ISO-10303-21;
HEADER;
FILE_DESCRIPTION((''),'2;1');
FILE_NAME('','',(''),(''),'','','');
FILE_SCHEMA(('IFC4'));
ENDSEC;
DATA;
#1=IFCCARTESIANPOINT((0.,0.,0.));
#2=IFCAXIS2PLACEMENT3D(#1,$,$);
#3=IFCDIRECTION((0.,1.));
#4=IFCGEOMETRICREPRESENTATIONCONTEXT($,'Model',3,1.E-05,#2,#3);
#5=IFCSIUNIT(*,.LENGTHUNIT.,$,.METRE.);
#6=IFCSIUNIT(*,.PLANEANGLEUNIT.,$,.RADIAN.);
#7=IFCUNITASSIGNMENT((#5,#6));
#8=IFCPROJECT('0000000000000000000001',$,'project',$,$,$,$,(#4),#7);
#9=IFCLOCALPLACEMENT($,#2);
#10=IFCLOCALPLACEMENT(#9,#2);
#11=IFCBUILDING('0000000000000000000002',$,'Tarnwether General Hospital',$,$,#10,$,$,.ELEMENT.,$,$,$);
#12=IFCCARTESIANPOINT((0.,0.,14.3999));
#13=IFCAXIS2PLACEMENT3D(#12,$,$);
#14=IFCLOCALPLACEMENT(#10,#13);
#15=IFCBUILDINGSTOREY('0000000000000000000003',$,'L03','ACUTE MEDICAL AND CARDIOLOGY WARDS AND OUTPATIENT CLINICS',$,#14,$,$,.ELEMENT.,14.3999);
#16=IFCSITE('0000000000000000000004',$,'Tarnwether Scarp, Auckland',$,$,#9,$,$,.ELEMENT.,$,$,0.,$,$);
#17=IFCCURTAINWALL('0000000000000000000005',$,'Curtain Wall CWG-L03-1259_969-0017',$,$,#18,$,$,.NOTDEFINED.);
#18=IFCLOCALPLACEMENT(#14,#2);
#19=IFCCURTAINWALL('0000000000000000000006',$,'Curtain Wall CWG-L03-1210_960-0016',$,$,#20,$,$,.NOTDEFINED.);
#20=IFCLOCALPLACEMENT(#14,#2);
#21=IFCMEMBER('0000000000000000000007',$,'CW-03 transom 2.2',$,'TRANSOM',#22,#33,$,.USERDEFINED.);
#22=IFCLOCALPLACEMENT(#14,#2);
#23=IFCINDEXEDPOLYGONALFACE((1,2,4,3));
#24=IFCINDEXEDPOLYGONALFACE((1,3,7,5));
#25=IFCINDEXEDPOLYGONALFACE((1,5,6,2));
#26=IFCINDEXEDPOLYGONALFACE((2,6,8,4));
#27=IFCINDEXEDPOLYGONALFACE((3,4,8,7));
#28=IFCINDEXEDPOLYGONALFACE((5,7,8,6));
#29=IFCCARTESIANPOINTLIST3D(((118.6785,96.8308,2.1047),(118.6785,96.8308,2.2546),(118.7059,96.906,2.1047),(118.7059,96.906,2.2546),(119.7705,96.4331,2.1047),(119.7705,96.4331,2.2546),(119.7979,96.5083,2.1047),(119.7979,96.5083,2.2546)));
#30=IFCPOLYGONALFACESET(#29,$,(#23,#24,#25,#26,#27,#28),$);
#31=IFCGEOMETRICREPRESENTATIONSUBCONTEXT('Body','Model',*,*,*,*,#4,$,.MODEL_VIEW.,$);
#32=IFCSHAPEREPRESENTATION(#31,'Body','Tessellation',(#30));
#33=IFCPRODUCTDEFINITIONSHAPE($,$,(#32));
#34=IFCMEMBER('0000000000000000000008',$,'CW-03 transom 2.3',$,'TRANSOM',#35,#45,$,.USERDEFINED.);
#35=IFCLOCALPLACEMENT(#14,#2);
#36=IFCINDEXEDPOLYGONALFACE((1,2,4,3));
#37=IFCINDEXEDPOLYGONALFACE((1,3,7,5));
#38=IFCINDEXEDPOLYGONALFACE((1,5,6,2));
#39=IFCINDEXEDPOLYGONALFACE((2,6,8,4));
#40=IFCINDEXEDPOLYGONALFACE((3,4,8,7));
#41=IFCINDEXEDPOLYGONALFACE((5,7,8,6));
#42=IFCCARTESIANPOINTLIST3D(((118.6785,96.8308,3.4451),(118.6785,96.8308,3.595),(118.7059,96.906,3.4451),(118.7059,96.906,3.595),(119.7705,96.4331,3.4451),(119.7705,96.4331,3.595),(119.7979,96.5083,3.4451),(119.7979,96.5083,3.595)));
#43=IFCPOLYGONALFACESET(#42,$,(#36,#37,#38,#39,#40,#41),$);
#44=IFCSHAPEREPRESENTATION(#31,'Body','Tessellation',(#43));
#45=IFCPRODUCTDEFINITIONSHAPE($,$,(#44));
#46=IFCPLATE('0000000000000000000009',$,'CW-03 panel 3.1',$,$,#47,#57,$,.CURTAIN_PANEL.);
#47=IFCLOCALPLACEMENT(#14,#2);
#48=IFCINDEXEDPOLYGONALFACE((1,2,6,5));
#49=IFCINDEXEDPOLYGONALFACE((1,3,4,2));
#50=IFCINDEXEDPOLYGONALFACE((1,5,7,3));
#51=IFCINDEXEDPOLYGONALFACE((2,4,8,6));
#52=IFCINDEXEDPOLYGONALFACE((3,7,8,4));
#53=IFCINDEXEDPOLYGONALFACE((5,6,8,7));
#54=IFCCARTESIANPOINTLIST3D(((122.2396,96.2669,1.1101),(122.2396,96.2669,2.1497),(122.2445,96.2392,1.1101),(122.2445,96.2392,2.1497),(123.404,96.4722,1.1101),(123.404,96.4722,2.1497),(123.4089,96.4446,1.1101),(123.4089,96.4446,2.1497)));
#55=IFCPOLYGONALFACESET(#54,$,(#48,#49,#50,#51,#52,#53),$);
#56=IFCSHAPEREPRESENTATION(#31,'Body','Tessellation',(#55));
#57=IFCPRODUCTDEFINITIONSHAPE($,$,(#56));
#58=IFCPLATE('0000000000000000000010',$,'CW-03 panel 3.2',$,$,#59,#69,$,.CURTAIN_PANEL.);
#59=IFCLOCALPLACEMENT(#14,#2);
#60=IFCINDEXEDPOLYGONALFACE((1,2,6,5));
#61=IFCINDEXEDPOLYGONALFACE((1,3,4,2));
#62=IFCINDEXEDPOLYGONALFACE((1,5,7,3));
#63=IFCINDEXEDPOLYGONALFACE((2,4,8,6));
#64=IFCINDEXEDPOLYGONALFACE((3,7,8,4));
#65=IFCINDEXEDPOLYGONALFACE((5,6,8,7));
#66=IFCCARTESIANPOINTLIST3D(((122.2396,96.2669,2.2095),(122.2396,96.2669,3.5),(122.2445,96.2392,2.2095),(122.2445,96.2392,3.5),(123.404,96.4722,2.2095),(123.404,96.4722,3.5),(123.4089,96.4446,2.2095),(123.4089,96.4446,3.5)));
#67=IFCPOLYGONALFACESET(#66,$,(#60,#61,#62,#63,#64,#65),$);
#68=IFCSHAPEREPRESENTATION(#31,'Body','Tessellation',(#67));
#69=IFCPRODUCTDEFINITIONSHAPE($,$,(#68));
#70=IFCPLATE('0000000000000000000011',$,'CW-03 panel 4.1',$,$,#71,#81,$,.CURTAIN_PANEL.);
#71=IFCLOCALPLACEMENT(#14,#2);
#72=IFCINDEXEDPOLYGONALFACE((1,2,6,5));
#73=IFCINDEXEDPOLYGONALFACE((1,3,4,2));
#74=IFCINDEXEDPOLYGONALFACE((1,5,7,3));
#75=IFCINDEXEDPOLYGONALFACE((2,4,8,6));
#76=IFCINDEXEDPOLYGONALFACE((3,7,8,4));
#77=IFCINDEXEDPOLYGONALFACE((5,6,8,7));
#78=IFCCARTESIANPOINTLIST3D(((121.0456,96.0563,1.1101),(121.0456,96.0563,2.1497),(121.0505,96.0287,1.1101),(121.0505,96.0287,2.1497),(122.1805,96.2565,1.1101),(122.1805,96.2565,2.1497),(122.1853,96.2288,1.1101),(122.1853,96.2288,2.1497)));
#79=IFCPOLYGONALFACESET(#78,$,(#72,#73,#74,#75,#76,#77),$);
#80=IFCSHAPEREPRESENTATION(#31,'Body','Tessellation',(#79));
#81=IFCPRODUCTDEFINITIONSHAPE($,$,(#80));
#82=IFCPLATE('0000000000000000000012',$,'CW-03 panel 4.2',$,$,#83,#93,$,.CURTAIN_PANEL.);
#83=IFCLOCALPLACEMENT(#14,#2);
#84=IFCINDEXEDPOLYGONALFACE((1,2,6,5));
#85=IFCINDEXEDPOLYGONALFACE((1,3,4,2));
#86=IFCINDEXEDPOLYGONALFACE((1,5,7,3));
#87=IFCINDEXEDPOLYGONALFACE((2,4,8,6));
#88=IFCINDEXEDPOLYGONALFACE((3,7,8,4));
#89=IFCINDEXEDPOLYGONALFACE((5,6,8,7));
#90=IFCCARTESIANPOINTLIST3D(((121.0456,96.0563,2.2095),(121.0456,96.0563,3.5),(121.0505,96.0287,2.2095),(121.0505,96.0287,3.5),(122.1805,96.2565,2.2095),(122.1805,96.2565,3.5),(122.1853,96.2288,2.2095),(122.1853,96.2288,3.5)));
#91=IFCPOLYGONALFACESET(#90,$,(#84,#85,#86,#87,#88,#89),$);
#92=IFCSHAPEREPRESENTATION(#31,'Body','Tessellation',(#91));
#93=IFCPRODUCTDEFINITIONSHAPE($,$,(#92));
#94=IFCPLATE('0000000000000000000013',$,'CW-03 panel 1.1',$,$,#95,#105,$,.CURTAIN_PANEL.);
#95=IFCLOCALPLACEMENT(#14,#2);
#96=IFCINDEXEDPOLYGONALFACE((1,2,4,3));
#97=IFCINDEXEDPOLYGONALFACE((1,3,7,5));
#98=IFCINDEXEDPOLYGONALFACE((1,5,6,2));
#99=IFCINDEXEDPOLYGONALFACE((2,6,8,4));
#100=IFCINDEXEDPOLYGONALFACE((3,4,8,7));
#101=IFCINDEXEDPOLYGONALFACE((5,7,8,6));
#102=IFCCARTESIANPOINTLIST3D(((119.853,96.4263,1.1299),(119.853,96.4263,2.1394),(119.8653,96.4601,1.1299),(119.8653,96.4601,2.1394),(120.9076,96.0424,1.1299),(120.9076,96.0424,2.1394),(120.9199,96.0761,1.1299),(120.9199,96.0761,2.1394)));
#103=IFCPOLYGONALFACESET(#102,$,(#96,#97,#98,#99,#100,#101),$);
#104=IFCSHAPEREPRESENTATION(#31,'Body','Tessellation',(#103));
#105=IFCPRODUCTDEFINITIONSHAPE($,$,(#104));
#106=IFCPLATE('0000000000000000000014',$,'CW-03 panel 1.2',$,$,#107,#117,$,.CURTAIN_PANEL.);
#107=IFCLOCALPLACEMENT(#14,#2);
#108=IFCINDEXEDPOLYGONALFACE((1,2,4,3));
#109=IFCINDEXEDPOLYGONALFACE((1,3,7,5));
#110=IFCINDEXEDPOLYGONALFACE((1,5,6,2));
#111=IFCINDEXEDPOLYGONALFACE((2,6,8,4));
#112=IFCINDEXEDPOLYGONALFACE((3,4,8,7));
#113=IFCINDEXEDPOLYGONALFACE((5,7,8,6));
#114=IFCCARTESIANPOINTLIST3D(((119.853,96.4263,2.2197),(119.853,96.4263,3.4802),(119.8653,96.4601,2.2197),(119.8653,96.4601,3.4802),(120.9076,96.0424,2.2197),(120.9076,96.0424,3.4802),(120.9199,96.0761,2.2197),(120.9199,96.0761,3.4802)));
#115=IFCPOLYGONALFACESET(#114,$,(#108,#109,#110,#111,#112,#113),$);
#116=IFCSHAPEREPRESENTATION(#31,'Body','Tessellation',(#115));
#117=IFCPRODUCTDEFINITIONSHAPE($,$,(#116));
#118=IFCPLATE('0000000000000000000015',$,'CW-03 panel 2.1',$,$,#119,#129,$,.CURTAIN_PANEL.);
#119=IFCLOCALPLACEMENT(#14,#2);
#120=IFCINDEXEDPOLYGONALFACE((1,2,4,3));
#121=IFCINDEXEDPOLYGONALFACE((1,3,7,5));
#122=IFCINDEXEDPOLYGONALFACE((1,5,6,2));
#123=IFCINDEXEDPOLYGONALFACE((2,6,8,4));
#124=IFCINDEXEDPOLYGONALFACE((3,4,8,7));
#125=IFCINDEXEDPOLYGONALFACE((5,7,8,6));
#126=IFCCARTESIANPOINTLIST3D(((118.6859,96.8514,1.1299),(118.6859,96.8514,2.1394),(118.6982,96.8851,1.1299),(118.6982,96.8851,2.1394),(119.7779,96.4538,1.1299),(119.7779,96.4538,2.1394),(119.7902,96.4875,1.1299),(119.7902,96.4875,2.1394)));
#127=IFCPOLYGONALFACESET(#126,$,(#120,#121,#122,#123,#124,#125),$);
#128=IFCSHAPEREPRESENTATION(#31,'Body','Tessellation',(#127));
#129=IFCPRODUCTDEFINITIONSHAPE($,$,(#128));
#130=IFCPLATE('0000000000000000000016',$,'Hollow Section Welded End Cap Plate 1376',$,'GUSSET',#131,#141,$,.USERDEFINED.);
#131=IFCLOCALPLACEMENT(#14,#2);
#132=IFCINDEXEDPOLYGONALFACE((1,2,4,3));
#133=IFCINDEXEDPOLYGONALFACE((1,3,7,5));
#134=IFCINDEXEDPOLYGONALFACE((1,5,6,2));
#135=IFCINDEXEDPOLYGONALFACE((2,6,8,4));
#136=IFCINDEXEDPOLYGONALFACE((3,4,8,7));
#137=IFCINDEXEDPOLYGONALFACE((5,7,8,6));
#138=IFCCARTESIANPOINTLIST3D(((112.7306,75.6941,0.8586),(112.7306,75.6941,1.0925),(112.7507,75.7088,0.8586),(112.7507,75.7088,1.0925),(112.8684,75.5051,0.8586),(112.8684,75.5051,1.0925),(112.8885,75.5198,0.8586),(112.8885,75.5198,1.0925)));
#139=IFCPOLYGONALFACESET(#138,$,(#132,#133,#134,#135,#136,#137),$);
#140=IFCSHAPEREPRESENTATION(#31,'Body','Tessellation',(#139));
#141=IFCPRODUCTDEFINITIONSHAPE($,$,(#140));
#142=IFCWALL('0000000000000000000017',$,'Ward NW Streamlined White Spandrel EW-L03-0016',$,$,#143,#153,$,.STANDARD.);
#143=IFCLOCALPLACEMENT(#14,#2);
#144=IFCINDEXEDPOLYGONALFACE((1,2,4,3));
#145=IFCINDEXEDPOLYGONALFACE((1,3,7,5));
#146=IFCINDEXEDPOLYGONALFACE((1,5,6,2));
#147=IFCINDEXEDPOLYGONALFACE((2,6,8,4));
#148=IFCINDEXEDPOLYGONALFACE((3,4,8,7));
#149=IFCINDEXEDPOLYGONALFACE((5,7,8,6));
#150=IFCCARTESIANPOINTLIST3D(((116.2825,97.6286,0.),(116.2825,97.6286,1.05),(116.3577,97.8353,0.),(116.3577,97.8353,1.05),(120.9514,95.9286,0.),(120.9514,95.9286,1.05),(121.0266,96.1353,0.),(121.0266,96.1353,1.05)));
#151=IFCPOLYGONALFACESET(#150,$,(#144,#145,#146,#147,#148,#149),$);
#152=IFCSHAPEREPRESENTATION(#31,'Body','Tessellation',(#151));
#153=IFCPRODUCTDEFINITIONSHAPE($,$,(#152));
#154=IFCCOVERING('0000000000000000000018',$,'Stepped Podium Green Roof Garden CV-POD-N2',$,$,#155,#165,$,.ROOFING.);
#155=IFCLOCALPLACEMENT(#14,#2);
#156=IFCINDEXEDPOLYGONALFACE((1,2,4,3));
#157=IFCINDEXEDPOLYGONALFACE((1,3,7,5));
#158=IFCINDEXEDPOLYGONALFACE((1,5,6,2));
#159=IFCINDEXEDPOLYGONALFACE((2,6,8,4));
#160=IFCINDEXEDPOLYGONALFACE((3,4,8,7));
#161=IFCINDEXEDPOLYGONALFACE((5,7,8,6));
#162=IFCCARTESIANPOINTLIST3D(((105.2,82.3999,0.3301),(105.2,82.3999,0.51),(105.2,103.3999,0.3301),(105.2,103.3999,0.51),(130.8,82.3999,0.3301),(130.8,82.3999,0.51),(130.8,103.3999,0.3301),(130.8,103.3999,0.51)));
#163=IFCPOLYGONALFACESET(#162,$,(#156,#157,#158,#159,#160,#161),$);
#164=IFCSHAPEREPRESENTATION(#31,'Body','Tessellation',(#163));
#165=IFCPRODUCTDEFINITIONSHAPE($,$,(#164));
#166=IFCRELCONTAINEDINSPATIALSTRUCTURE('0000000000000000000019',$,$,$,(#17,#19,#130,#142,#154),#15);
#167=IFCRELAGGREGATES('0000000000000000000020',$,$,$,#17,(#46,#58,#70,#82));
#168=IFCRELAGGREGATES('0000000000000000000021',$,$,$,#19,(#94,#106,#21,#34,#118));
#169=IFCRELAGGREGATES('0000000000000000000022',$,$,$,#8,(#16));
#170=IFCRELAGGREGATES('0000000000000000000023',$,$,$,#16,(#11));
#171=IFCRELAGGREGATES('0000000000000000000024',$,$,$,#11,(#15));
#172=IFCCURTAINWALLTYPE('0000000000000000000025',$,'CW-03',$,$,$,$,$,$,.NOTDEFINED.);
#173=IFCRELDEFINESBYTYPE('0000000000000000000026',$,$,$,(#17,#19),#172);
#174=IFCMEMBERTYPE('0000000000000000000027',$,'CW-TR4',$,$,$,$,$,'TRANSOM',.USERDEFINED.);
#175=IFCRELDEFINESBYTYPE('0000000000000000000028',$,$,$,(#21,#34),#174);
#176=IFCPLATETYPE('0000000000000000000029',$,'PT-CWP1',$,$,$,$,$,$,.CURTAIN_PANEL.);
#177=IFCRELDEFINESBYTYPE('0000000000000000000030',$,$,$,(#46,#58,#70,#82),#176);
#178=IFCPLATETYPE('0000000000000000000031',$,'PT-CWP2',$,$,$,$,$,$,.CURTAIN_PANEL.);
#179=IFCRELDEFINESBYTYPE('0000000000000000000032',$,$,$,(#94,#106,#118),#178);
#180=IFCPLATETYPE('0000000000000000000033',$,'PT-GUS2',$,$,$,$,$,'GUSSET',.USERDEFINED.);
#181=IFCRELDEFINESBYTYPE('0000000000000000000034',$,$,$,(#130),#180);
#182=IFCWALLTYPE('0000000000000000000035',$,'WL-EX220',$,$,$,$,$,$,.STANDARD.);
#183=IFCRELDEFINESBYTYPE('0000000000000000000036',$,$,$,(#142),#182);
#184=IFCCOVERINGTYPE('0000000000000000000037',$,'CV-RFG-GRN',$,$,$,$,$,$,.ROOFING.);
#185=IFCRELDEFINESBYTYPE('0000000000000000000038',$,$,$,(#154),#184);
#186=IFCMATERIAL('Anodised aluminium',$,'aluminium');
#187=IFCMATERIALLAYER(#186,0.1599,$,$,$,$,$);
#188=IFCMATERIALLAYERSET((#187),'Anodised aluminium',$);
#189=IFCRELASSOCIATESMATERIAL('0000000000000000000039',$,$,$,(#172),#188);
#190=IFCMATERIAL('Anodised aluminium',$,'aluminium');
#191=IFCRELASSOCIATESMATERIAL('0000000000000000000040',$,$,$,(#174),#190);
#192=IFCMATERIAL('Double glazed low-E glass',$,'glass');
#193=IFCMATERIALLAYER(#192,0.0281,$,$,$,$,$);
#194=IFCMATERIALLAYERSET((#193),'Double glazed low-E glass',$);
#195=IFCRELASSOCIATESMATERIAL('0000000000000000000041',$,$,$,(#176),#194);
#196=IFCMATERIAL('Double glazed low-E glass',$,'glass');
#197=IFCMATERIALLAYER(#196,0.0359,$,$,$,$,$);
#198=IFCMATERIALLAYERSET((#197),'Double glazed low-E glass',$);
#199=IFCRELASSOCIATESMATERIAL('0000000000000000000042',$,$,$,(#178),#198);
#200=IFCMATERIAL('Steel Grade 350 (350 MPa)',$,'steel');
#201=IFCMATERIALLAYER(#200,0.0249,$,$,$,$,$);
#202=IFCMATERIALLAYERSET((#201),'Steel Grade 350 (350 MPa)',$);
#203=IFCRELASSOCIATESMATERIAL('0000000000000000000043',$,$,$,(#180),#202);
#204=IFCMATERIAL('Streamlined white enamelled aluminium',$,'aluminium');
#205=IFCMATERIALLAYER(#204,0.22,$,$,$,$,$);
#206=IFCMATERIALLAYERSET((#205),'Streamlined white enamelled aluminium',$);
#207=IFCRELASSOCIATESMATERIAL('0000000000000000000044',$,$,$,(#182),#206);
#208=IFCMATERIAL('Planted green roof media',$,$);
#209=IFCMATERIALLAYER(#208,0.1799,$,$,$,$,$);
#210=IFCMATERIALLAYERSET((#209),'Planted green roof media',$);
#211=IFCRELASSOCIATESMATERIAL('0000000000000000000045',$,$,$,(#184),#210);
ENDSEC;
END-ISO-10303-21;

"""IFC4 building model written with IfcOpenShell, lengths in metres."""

from ifc_helpers import new_model, si_unit, direction, frame, frame_2d, origin, origin_2d, place, context, subcontext, project, spatial, rectangle, extrude, material, layer, layer_set, material_profile, profile_set, type_object, element, aggregate, save


model = new_model("IFC4")

# Units and contexts
model_context = context("Model", 3, precision=1e-05, world=origin(), true_north=direction((0.0, 1.0)))
body_context = subcontext(model_context, "Body", "Model", "MODEL_VIEW")
ifc_project = project(units=[si_unit("LENGTHUNIT", "METRE"), si_unit("PLANEANGLEUNIT", "RADIAN")], contexts=[model_context])

# Site, building, storey
site_placement = place(None, origin())
site = spatial("IfcSite", under=ifc_project, at=site_placement, Name="Tarnwether Scarp, Auckland", CompositionType="ELEMENT", RefElevation=0.0)
building_placement = place(site_placement, origin())
building = spatial("IfcBuilding", under=site, at=building_placement, Name="Tarnwether General Hospital", CompositionType="ELEMENT")
storey_placement = place(building_placement, frame((0.0, 0.0, 14.3999)))
storey = spatial("IfcBuildingStorey", under=building, at=storey_placement, Name="L03", Description="ACUTE MEDICAL AND CARDIOLOGY WARDS AND OUTPATIENT CLINICS", CompositionType="ELEMENT", Elevation=14.3999)

# Curtain walls
ifc_material_1 = material(Name="Anodised aluminium", Category="aluminium")
ifc_layer_1 = layer(ifc_material_1, 0.1599)
ifc_layer_set_1 = layer_set([ifc_layer_1], Name="Anodised aluminium")
curtain_wall_type = type_object("IfcCurtainWallType", Name="CW-03", PredefinedType="NOTDEFINED", material=ifc_layer_set_1)
curtain_wall_1_placement = place(storey_placement, origin())
curtain_wall_1 = element("IfcCurtainWall", 1, at=curtain_wall_1_placement, inside=storey, type_object=curtain_wall_type, Name="Curtain Wall CWG-L03-1259_969-0017", PredefinedType="NOTDEFINED")
curtain_wall_2_placement = place(storey_placement, origin())
curtain_wall_2 = element("IfcCurtainWall", 2, at=curtain_wall_2_placement, inside=storey, type_object=curtain_wall_type, Name="Curtain Wall CWG-L03-1210_960-0016", PredefinedType="NOTDEFINED")

# Members
ifc_material_2 = material(Name="Anodised aluminium", Category="aluminium")
ifc_material_profile_1 = material_profile(ifc_material_2, rectangle(XDim=0.0801, YDim=0.1499, at=origin_2d()), Name="ALU-TRN-80x150")
ifc_profile_set_1 = profile_set([ifc_material_profile_1], Name="Anodised aluminium")
member_type_1 = type_object("IfcMemberType", Name="CW-TR4", ElementType="TRANSOM", PredefinedType="USERDEFINED", material=ifc_profile_set_1)
member_1_placement = place(storey_placement, frame((119.7842, 96.4707, 2.1797), z_axis=(-0.939628, 0.342198, 0.0), x_axis=(-0.342198, -0.939628, 0.0)))
member_1 = element("IfcMember", 3, at=member_1_placement, type_object=member_type_1, Name="CW-03 transom 2.2", ObjectType="TRANSOM", PredefinedType="USERDEFINED", context=body_context, shape_type="SweptSolid", body=[
    extrude(rectangle(XDim=0.0801, YDim=0.1499, at=origin_2d()), origin(), (0.0, 0.0, 1.0), 1.1621),
])
member_2_placement = place(storey_placement, frame((119.7842, 96.4707, 3.52), z_axis=(-0.939628, 0.342198, 0.0), x_axis=(-0.342198, -0.939628, 0.0)))
member_2 = element("IfcMember", 4, at=member_2_placement, type_object=member_type_1, Name="CW-03 transom 2.3", ObjectType="TRANSOM", PredefinedType="USERDEFINED", context=body_context, shape_type="SweptSolid", body=[
    extrude(rectangle(XDim=0.0801, YDim=0.1499, at=origin_2d()), origin(), (0.0, 0.0, 1.0), 1.1621),
])

# Plates
ifc_material_3 = material(Name="Double glazed low-E glass", Category="glass")
ifc_layer_2 = layer(ifc_material_3, 0.0281)
ifc_layer_set_2 = layer_set([ifc_layer_2], Name="Double glazed low-E glass")
plate_type_1 = type_object("IfcPlateType", Name="PT-CWP1", PredefinedType="CURTAIN_PANEL", material=ifc_layer_set_2)
plate_1_placement = place(storey_placement, frame((122.8242, 96.3557, 1.1101), z_axis=(0.0, 0.0, 1.0), x_axis=(-0.984806, -0.173659, 0.0)))
plate_1 = element("IfcPlate", 5, at=plate_1_placement, type_object=plate_type_1, Name="CW-03 panel 3.1", PredefinedType="CURTAIN_PANEL", context=body_context, shape_type="SweptSolid", body=[
    extrude(rectangle(XDim=1.1824, YDim=0.0281, at=origin_2d()), origin(), (0.0, 0.0, 1.0), 1.0396),
])
plate_2_placement = place(storey_placement, frame((122.8242, 96.3557, 2.2095), z_axis=(0.0, 0.0, 1.0), x_axis=(-0.984806, -0.173659, 0.0)))
plate_2 = element("IfcPlate", 6, at=plate_2_placement, type_object=plate_type_1, Name="CW-03 panel 3.2", PredefinedType="CURTAIN_PANEL", context=body_context, shape_type="SweptSolid", body=[
    extrude(rectangle(XDim=1.1824, YDim=0.0281, at=origin_2d()), origin(), (0.0, 0.0, 1.0), 1.2905),
])
plate_3_placement = place(storey_placement, frame((121.6155, 96.1426, 1.1101), z_axis=(0.0, 0.0, 1.0), x_axis=(-0.984806, -0.173659, 0.0)))
plate_3 = element("IfcPlate", 7, at=plate_3_placement, type_object=plate_type_1, Name="CW-03 panel 4.1", PredefinedType="CURTAIN_PANEL", context=body_context, shape_type="SweptSolid", body=[
    extrude(rectangle(XDim=1.1523, YDim=0.0281, at=origin_2d()), origin(), (0.0, 0.0, 1.0), 1.0396),
])
plate_4_placement = place(storey_placement, frame((121.6155, 96.1426, 2.2095), z_axis=(0.0, 0.0, 1.0), x_axis=(-0.984806, -0.173659, 0.0)))
plate_4 = element("IfcPlate", 8, at=plate_4_placement, type_object=plate_type_1, Name="CW-03 panel 4.2", PredefinedType="CURTAIN_PANEL", context=body_context, shape_type="SweptSolid", body=[
    extrude(rectangle(XDim=1.1523, YDim=0.0281, at=origin_2d()), origin(), (0.0, 0.0, 1.0), 1.2905),
])
aggregate(curtain_wall_1, [plate_1, plate_2, plate_3, plate_4])
ifc_material_4 = material(Name="Double glazed low-E glass", Category="glass")
ifc_layer_3 = layer(ifc_material_4, 0.0359)
ifc_layer_set_3 = layer_set([ifc_layer_3], Name="Double glazed low-E glass")
plate_type_2 = type_object("IfcPlateType", Name="PT-CWP2", PredefinedType="CURTAIN_PANEL", material=ifc_layer_set_3)
plate_5_placement = place(storey_placement, frame((120.3865, 96.2512, 1.1299), z_axis=(0.0, 0.0, 1.0), x_axis=(-0.939652, 0.342131, 0.0)))
plate_5 = element("IfcPlate", 9, at=plate_5_placement, type_object=plate_type_2, Name="CW-03 panel 1.1", PredefinedType="CURTAIN_PANEL", context=body_context, shape_type="SweptSolid", body=[
    extrude(rectangle(XDim=1.1223, YDim=0.0359, at=origin_2d()), origin(), (0.0, 0.0, 1.0), 1.0095),
])
plate_6_placement = place(storey_placement, frame((120.3865, 96.2512, 2.2197), z_axis=(0.0, 0.0, 1.0), x_axis=(-0.939652, 0.342131, 0.0)))
plate_6 = element("IfcPlate", 10, at=plate_6_placement, type_object=plate_type_2, Name="CW-03 panel 1.2", PredefinedType="CURTAIN_PANEL", context=body_context, shape_type="SweptSolid", body=[
    extrude(rectangle(XDim=1.1223, YDim=0.0359, at=origin_2d()), origin(), (0.0, 0.0, 1.0), 1.2605),
])
plate_7_placement = place(storey_placement, frame((119.238, 96.6694, 1.1299), z_axis=(0.0, 0.0, 1.0), x_axis=(-0.939652, 0.342131, 0.0)))
plate_7 = element("IfcPlate", 11, at=plate_7_placement, type_object=plate_type_2, Name="CW-03 panel 2.1", PredefinedType="CURTAIN_PANEL", context=body_context, shape_type="SweptSolid", body=[
    extrude(rectangle(XDim=1.1621, YDim=0.0359, at=origin_2d()), origin(), (0.0, 0.0, 1.0), 1.0095),
])
aggregate(curtain_wall_2, [plate_5, plate_6, member_1, member_2, plate_7])
ifc_material_5 = material(Name="Steel Grade 350 (350 MPa)", Category="steel")
ifc_layer_4 = layer(ifc_material_5, 0.0249)
ifc_layer_set_4 = layer_set([ifc_layer_4], Name="Steel Grade 350 (350 MPa)")
plate_type_3 = type_object("IfcPlateType", Name="PT-GUS2", ElementType="GUSSET", PredefinedType="USERDEFINED", material=ifc_layer_set_4)
plate_8_placement = place(storey_placement, frame((112.8096, 75.6069, 0.8586), z_axis=(0.0, 0.0, 1.0), x_axis=(0.80801, 0.589168, 0.0)))
element("IfcPlate", 12, at=plate_8_placement, inside=storey, type_object=plate_type_3, Name="Hollow Section Welded End Cap Plate 1376", ObjectType="GUSSET", PredefinedType="USERDEFINED", context=body_context, shape_type="SweptSolid", body=[
    extrude(rectangle(XDim=0.0249, YDim=0.2339, at=origin_2d()), origin(), (0.0, 0.0, 1.0), 0.2339),
])

# Wall
ifc_material_6 = material(Name="Streamlined white enamelled aluminium", Category="aluminium")
ifc_layer_5 = layer(ifc_material_6, 0.22)
ifc_layer_set_5 = layer_set([ifc_layer_5], Name="Streamlined white enamelled aluminium")
wall_type = type_object("IfcWallType", Name="WL-EX220", PredefinedType="STANDARD", material=ifc_layer_set_5)
wall_placement = place(storey_placement, frame((120.989, 96.032, 0.0), z_axis=(0.0, 0.0, 1.0), x_axis=(-0.939654, 0.342126, 0.0)))
element("IfcWall", 13, at=wall_placement, inside=storey, type_object=wall_type, Name="Ward NW Streamlined White Spandrel EW-L03-0016", PredefinedType="STANDARD", context=body_context, shape_type="SweptSolid", body=[
    extrude(rectangle(XDim=4.9688, YDim=0.22, at=frame_2d((2.4844, 0.0))), origin(), (0.0, 0.0, 1.0), 1.05),
])

# Covering
ifc_material_7 = material(Name="Planted green roof media")
ifc_layer_6 = layer(ifc_material_7, 0.1799)
ifc_layer_set_6 = layer_set([ifc_layer_6], Name="Planted green roof media")
covering_type = type_object("IfcCoveringType", Name="CV-RFG-GRN", PredefinedType="ROOFING", material=ifc_layer_set_6)
covering_placement = place(storey_placement, frame((118.0, 92.8999, 0.3301), z_axis=(0.0, 0.0, 1.0), x_axis=(1.0, 0.0, 0.0)))
element("IfcCovering", 14, at=covering_placement, inside=storey, type_object=covering_type, Name="Stepped Podium Green Roof Garden CV-POD-N2", PredefinedType="ROOFING", context=body_context, shape_type="SweptSolid", body=[
    extrude(rectangle(XDim=25.6001, YDim=21.0, at=origin_2d()), origin(), (0.0, 0.0, 1.0), 0.1799),
])

save(model, "model.ifc")
